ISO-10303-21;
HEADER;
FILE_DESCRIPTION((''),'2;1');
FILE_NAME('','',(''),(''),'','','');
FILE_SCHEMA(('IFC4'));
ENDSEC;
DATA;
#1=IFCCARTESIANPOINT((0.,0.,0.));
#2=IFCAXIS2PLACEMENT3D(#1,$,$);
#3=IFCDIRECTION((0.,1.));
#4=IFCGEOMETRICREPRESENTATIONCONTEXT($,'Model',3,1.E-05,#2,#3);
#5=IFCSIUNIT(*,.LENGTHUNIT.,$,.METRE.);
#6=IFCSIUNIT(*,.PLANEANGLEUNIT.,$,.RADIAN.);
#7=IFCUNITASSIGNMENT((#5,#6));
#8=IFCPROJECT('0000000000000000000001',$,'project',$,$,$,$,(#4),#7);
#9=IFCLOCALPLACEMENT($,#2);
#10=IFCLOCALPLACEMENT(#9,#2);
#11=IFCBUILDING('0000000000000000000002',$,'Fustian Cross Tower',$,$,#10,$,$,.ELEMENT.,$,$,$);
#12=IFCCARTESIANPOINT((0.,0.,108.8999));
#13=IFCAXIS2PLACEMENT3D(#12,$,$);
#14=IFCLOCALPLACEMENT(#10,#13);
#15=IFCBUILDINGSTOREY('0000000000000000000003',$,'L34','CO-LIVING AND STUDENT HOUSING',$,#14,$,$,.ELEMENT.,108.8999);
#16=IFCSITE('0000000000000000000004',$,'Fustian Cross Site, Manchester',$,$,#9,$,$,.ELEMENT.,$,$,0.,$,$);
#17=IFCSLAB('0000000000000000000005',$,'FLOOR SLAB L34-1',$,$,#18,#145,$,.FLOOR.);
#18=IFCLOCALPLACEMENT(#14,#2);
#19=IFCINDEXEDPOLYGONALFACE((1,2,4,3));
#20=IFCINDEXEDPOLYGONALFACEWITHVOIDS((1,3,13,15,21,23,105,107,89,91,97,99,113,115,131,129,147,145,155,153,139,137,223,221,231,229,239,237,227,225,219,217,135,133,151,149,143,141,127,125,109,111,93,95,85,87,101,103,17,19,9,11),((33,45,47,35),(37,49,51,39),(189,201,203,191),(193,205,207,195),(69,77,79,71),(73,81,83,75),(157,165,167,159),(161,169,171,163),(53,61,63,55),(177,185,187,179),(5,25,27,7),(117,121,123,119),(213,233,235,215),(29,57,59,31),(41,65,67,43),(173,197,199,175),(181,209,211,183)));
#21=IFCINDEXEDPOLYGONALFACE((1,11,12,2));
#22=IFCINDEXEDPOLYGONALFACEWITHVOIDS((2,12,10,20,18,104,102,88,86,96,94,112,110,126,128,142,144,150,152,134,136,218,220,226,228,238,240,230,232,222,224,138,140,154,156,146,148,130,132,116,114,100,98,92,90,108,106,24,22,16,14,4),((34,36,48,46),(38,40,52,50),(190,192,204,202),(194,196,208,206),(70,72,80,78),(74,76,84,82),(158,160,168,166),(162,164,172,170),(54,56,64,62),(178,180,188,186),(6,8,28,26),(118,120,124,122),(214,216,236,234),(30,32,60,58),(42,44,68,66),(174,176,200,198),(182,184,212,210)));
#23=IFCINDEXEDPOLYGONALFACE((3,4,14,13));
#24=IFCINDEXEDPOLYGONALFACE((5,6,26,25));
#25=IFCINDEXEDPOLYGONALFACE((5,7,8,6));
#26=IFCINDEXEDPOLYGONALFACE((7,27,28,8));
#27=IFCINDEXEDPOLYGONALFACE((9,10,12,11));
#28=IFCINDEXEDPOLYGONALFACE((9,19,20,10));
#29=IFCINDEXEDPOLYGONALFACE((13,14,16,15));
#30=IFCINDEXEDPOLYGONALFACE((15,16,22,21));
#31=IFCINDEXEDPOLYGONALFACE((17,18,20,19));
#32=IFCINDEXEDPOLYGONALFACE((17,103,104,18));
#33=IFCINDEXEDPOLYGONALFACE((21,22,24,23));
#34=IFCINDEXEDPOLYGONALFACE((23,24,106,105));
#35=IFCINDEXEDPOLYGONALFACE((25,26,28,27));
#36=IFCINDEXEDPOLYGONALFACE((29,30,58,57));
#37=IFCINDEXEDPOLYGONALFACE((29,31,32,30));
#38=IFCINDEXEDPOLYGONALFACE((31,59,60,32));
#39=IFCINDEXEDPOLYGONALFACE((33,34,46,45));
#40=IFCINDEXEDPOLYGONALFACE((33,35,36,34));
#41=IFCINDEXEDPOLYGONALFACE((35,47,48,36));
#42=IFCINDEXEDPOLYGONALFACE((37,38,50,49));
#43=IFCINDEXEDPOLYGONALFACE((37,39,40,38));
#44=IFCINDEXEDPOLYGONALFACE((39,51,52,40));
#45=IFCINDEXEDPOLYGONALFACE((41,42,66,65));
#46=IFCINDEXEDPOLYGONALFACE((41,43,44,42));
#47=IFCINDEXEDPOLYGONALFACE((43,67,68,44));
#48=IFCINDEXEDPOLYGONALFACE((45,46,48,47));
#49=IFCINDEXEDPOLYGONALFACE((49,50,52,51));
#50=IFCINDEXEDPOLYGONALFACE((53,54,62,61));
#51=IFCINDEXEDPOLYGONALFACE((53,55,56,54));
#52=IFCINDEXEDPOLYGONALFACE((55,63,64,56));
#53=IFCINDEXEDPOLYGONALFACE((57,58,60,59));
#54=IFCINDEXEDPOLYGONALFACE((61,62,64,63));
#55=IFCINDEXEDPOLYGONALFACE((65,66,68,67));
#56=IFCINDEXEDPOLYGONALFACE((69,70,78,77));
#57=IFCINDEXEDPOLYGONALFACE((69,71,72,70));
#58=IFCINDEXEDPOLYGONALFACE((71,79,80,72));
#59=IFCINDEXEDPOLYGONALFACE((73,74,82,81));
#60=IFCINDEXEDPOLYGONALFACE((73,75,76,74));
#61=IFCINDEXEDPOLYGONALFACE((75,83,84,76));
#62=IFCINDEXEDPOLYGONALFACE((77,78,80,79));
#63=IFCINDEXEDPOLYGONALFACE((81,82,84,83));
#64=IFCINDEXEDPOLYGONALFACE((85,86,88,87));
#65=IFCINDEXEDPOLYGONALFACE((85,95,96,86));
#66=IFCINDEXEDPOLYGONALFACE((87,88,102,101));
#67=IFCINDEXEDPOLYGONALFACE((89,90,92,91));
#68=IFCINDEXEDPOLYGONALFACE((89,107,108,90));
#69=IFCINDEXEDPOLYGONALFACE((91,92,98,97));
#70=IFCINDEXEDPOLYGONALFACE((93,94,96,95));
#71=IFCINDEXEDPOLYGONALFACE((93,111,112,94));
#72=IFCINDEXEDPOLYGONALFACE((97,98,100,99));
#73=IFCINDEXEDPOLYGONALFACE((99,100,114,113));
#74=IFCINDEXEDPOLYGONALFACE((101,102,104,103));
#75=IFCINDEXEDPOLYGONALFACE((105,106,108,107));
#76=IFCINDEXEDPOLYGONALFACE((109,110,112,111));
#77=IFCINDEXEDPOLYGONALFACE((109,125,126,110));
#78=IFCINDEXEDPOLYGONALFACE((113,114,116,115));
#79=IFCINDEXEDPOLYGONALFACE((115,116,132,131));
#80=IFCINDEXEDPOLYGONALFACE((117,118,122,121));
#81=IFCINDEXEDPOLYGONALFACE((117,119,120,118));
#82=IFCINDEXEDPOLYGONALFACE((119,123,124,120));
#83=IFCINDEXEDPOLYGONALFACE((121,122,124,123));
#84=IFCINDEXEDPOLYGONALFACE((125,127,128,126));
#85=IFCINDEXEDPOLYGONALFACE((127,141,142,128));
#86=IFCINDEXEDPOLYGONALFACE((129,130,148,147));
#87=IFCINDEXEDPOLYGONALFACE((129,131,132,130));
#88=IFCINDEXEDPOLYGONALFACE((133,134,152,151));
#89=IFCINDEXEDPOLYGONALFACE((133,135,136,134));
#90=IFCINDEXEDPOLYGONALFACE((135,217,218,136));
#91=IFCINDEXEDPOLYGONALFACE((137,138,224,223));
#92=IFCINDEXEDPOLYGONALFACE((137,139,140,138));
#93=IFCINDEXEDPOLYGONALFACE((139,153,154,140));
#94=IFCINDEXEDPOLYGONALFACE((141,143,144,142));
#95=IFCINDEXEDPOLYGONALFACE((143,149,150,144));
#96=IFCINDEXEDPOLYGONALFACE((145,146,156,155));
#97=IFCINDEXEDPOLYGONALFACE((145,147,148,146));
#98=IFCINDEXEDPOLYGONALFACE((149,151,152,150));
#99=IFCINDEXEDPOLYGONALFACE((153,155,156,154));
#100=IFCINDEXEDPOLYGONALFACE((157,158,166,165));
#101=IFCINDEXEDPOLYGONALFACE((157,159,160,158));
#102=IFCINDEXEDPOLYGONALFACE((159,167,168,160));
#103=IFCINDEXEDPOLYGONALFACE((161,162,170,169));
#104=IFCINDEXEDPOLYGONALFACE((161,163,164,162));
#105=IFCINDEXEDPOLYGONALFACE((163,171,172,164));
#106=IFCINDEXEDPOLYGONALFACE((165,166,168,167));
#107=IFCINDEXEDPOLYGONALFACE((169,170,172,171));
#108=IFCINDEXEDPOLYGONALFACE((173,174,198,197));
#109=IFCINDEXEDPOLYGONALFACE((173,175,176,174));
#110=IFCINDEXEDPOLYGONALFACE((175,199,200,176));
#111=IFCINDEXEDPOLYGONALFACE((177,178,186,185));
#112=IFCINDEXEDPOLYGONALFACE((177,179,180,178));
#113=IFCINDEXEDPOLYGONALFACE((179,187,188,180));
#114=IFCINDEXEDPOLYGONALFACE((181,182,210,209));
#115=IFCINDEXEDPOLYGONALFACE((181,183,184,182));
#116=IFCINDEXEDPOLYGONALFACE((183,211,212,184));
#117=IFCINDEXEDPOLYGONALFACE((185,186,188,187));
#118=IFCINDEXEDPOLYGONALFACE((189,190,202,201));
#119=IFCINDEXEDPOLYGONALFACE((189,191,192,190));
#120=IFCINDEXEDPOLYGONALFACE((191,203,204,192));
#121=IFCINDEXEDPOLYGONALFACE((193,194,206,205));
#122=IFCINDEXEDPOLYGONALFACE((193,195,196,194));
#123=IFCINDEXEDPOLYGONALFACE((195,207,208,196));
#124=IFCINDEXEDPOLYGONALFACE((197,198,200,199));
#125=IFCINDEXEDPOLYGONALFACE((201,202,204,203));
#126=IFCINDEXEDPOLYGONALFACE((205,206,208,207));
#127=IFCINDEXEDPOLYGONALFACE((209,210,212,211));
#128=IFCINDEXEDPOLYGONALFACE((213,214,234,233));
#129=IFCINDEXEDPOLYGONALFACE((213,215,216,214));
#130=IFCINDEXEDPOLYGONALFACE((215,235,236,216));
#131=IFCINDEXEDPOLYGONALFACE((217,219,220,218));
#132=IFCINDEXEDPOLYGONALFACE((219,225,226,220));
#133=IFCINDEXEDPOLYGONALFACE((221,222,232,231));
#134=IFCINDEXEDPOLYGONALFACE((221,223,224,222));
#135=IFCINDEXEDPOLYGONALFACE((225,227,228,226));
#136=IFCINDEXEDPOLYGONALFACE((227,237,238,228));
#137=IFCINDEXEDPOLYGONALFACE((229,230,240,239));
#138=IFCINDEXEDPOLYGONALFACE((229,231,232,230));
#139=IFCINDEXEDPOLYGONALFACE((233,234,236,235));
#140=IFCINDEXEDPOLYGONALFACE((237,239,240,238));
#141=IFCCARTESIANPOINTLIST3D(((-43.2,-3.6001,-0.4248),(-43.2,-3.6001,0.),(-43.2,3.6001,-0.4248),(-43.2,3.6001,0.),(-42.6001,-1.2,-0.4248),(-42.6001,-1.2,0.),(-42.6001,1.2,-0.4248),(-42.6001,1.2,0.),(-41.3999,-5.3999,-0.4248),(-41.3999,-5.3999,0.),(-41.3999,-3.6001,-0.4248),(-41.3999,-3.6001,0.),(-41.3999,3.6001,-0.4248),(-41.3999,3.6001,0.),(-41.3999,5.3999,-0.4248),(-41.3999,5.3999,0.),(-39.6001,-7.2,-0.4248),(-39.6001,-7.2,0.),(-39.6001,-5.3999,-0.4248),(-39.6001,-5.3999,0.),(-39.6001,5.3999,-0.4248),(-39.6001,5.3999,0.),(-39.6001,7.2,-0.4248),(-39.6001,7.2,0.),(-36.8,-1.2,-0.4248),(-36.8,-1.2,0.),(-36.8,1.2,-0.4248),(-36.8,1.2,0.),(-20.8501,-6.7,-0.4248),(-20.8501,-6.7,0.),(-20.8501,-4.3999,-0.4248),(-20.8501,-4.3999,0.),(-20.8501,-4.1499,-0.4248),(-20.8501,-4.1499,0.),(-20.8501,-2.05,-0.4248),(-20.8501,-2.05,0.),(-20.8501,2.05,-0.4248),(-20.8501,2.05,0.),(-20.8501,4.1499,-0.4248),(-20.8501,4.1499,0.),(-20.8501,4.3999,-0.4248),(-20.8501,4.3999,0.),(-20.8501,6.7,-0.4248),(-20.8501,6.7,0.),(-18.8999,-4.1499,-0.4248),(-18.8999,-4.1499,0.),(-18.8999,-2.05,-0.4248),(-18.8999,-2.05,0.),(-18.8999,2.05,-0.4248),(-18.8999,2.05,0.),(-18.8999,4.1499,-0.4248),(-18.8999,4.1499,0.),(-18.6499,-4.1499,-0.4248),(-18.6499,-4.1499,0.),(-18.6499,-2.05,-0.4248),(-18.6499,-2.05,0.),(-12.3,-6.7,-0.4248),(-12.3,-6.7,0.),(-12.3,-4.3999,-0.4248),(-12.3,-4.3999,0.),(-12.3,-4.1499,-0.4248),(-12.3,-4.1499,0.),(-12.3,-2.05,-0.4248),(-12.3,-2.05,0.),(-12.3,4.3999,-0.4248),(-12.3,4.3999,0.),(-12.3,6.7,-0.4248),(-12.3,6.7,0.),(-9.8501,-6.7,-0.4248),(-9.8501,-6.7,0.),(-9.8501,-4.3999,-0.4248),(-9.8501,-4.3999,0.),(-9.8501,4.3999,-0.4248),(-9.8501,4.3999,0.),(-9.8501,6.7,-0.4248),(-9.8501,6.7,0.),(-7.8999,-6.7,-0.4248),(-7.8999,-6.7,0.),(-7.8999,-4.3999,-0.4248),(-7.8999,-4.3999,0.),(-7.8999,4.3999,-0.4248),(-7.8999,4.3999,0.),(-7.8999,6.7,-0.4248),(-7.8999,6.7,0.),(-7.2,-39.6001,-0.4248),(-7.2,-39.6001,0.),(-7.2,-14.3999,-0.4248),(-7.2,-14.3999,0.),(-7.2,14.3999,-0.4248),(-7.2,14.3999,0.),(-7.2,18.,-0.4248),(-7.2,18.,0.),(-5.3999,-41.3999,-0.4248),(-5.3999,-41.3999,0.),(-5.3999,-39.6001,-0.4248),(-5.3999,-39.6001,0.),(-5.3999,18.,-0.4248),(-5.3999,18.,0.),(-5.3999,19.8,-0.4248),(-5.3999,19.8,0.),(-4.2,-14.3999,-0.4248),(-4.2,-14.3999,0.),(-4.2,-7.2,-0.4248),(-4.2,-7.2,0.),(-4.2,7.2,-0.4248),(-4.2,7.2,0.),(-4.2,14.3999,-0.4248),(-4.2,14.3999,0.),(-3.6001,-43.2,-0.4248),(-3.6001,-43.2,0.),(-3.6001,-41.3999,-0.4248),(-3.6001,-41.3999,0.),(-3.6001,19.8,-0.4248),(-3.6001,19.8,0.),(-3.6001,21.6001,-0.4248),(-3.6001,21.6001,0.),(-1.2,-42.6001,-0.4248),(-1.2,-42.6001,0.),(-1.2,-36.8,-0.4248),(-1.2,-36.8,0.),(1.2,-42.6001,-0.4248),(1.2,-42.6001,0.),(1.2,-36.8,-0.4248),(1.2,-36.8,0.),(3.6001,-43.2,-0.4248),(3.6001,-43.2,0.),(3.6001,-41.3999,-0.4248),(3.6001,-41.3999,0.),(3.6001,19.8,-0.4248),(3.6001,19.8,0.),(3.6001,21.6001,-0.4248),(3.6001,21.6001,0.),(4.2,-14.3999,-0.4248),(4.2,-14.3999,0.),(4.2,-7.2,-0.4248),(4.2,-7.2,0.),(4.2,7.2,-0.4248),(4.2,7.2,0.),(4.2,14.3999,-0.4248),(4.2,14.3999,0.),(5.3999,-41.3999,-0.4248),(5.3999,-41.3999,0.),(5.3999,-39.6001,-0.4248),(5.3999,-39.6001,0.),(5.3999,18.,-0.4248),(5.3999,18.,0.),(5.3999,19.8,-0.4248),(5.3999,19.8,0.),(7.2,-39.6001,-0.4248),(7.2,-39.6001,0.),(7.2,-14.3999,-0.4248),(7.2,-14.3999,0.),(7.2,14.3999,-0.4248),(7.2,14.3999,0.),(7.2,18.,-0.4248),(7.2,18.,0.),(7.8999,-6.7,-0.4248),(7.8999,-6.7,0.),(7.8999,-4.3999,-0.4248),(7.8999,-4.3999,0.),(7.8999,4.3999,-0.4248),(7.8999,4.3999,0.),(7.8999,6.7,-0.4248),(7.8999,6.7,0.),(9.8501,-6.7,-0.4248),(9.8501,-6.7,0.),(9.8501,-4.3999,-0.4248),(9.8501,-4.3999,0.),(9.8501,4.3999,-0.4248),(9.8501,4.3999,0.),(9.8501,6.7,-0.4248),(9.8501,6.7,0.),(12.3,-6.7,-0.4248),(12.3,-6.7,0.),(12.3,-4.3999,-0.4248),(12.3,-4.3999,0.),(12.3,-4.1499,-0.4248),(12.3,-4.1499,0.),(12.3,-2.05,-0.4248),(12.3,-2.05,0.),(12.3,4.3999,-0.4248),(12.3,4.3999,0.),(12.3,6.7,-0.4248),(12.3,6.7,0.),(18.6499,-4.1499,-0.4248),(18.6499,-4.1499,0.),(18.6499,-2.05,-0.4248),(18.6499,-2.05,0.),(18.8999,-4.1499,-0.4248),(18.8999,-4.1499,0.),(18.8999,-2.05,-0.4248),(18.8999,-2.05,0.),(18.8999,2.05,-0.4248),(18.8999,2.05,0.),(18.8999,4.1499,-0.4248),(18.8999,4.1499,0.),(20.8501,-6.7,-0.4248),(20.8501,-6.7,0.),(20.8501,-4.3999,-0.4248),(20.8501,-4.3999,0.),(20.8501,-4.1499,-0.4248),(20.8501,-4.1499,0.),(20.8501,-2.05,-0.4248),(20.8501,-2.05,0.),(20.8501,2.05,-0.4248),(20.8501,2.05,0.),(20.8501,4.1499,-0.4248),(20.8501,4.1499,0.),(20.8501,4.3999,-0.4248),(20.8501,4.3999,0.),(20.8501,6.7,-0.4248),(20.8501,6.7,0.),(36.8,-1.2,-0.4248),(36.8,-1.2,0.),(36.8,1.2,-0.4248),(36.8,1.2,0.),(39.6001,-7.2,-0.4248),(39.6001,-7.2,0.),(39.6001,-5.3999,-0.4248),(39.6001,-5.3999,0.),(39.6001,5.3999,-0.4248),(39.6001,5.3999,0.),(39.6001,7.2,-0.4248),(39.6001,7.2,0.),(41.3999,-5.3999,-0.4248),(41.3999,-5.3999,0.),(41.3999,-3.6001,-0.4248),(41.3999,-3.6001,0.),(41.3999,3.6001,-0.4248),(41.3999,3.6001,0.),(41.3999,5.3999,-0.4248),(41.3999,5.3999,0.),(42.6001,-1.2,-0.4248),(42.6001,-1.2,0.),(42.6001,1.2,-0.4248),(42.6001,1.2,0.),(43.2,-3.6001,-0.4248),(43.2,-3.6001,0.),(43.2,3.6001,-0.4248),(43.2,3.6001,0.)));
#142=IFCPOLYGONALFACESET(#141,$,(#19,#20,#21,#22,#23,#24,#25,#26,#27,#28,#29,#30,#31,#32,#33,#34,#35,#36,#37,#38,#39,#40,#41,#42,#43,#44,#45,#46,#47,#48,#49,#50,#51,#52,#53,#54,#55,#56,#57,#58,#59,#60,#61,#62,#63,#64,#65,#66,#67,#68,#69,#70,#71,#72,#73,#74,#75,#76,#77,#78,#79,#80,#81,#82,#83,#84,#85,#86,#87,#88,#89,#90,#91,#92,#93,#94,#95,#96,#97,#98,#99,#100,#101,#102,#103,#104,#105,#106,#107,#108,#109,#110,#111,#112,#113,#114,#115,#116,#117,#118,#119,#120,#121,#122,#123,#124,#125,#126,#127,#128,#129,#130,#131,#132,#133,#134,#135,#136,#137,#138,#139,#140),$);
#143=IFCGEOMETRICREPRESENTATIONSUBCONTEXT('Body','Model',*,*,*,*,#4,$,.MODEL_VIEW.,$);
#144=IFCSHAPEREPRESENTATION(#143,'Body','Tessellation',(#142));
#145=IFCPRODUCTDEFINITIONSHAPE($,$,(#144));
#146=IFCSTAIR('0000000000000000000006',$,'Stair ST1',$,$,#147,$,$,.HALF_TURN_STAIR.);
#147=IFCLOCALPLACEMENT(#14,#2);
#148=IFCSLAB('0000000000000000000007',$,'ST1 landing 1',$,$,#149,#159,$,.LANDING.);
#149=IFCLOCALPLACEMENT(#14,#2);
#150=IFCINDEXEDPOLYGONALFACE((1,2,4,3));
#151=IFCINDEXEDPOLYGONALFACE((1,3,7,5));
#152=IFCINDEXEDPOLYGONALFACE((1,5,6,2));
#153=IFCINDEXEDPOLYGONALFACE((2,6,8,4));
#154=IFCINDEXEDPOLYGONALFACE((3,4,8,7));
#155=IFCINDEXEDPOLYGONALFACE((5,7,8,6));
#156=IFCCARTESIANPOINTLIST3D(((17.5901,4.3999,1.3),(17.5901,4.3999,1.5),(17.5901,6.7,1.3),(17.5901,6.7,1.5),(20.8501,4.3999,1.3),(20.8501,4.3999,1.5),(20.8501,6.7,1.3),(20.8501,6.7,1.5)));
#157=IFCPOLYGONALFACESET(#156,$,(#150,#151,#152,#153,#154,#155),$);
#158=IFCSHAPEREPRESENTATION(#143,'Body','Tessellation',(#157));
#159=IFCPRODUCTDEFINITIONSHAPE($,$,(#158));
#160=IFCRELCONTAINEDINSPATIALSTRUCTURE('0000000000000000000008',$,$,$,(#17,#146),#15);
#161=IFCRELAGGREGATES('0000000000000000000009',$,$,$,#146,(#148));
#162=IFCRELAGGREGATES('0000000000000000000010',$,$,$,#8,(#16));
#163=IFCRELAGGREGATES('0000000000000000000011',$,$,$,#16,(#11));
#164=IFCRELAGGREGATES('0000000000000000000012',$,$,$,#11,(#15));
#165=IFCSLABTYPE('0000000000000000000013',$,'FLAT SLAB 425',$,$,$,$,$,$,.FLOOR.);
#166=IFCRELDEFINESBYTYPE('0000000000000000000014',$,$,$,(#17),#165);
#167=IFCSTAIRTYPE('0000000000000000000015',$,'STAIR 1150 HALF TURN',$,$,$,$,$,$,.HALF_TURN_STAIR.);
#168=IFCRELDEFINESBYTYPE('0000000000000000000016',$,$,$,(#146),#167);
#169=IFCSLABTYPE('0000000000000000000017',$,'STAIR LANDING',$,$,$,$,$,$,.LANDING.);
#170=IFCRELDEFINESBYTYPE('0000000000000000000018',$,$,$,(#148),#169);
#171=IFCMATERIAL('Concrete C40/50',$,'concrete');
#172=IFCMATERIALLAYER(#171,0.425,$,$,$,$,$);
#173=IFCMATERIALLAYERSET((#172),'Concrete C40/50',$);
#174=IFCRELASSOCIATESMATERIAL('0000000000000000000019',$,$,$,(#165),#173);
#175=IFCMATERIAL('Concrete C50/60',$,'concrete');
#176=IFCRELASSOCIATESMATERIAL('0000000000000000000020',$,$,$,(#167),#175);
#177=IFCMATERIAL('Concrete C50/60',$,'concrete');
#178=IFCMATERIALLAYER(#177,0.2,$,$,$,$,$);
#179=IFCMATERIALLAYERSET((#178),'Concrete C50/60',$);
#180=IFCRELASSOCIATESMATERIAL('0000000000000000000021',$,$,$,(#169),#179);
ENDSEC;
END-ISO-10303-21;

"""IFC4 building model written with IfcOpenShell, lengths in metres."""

from ifc_helpers import new_model, si_unit, direction, frame, origin, place, context, subcontext, project, spatial, polyline, outline, extrude, material, layer, layer_set, type_object, element, aggregate, save


model = new_model("IFC4")

# Units and contexts
model_context = context("Model", 3, precision=1e-05, world=origin(), true_north=direction((0.0, 1.0)))
body_context = subcontext(model_context, "Body", "Model", "MODEL_VIEW")
ifc_project = project(units=[si_unit("LENGTHUNIT", "METRE"), si_unit("PLANEANGLEUNIT", "RADIAN")], contexts=[model_context])

# Site, building, storey
site_placement = place(None, origin())
site = spatial("IfcSite", under=ifc_project, at=site_placement, Name="Fustian Cross Site, Manchester", CompositionType="ELEMENT", RefElevation=0.0)
building_placement = place(site_placement, origin())
building = spatial("IfcBuilding", under=site, at=building_placement, Name="Fustian Cross Tower", CompositionType="ELEMENT")
storey_placement = place(building_placement, frame((0.0, 0.0, 108.8999)))
storey = spatial("IfcBuildingStorey", under=building, at=storey_placement, Name="L34", Description="CO-LIVING AND STUDENT HOUSING", CompositionType="ELEMENT", Elevation=108.8999)

# Slab
ifc_material_1 = material(Name="Concrete C40/50", Category="concrete")
ifc_layer_1 = layer(ifc_material_1, 0.425)
ifc_layer_set_1 = layer_set([ifc_layer_1], Name="Concrete C40/50")
slab_type_1 = type_object("IfcSlabType", Name="FLAT SLAB 425", PredefinedType="FLOOR", material=ifc_layer_set_1)
slab_1_placement = place(storey_placement, frame((0.0, 0.0, -0.4248)))
element("IfcSlab", 1, at=slab_1_placement, inside=storey, type_object=slab_type_1, Name="FLOOR SLAB L34-1", PredefinedType="FLOOR", context=body_context, shape_type="SweptSolid", body=[
    extrude(outline(polyline([(-4.2, -7.2), (-39.6001, -7.2), (-39.6001, -5.3999), (-41.3999, -5.3999), (-41.3999, -3.6001), (-43.2, -3.6001), (-43.2, 3.6001), (-41.3999, 3.6001), (-41.3999, 5.3999), (-39.6001, 5.3999), (-39.6001, 7.2), (-4.2, 7.2), (-4.2, 14.3999), (-7.2, 14.3999), (-7.2, 18.0), (-5.3999, 18.0), (-5.3999, 19.8), (-3.6001, 19.8), (-3.6001, 21.6001), (3.6001, 21.6001), (3.6001, 19.8), (5.3999, 19.8), (5.3999, 18.0), (7.2, 18.0), (7.2, 14.3999), (4.2, 14.3999), (4.2, 7.2), (39.6001, 7.2), (39.6001, 5.3999), (41.3999, 5.3999), (41.3999, 3.6001), (43.2, 3.6001), (43.2, -3.6001), (41.3999, -3.6001), (41.3999, -5.3999), (39.6001, -5.3999), (39.6001, -7.2), (4.2, -7.2), (4.2, -14.3999), (7.2, -14.3999), (7.2, -39.6001), (5.3999, -39.6001), (5.3999, -41.3999), (3.6001, -41.3999), (3.6001, -43.2), (-3.6001, -43.2), (-3.6001, -41.3999), (-5.3999, -41.3999), (-5.3999, -39.6001), (-7.2, -39.6001), (-7.2, -14.3999), (-4.2, -14.3999), (-4.2, -7.2)]), holes=[polyline([(20.8501, -2.05), (18.8999, -2.05), (18.8999, -4.1499), (20.8501, -4.1499), (20.8501, -2.05)]), polyline([(20.8501, 2.05), (20.8501, 4.1499), (18.8999, 4.1499), (18.8999, 2.05), (20.8501, 2.05)]), polyline([(7.8999, 4.3999), (9.8501, 4.3999), (9.8501, 6.7), (7.8999, 6.7), (7.8999, 4.3999)]), polyline([(7.8999, -4.3999), (7.8999, -6.7), (9.8501, -6.7), (9.8501, -4.3999), (7.8999, -4.3999)]), polyline([(-18.8999, -2.05), (-20.8501, -2.05), (-20.8501, -4.1499), (-18.8999, -4.1499), (-18.8999, -2.05)]), polyline([(-18.8999, 2.05), (-18.8999, 4.1499), (-20.8501, 4.1499), (-20.8501, 2.05), (-18.8999, 2.05)]), polyline([(-9.8501, 4.3999), (-7.8999, 4.3999), (-7.8999, 6.7), (-9.8501, 6.7), (-9.8501, 4.3999)]), polyline([(-9.8501, -4.3999), (-9.8501, -6.7), (-7.8999, -6.7), (-7.8999, -4.3999), (-9.8501, -4.3999)]), polyline([(18.6499, -2.05), (12.3, -2.05), (12.3, -4.1499), (18.6499, -4.1499), (18.6499, -2.05)]), polyline([(-12.3, -4.1499), (-12.3, -2.05), (-18.6499, -2.05), (-18.6499, -4.1499), (-12.3, -4.1499)]), polyline([(12.3, 4.3999), (20.8501, 4.3999), (20.8501, 6.7), (12.3, 6.7), (12.3, 4.3999)]), polyline([(12.3, -4.3999), (12.3, -6.7), (20.8501, -6.7), (20.8501, -4.3999), (12.3, -4.3999)]), polyline([(-12.3, 6.7), (-20.8501, 6.7), (-20.8501, 4.3999), (-12.3, 4.3999), (-12.3, 6.7)]), polyline([(-12.3, -6.7), (-12.3, -4.3999), (-20.8501, -4.3999), (-20.8501, -6.7), (-12.3, -6.7)]), polyline([(-1.2, -42.6001), (1.2, -42.6001), (1.2, -36.8), (-1.2, -36.8), (-1.2, -42.6001)]), polyline([(36.8, 1.2), (36.8, -1.2), (42.6001, -1.2), (42.6001, 1.2), (36.8, 1.2)]), polyline([(-36.8, 1.2), (-42.6001, 1.2), (-42.6001, -1.2), (-36.8, -1.2), (-36.8, 1.2)])]), origin(), (0.0, 0.0, 1.0), 0.4248),
])

# Stair, slab
ifc_material_2 = material(Name="Concrete C50/60", Category="concrete")
stair_type = type_object("IfcStairType", Name="STAIR 1150 HALF TURN", PredefinedType="HALF_TURN_STAIR", material=ifc_material_2)
stair_placement = place(storey_placement, origin())
stair = element("IfcStair", 2, at=stair_placement, inside=storey, type_object=stair_type, Name="Stair ST1", PredefinedType="HALF_TURN_STAIR")
ifc_material_3 = material(Name="Concrete C50/60", Category="concrete")
ifc_layer_2 = layer(ifc_material_3, 0.2)
ifc_layer_set_2 = layer_set([ifc_layer_2], Name="Concrete C50/60")
slab_type_2 = type_object("IfcSlabType", Name="STAIR LANDING", PredefinedType="LANDING", material=ifc_layer_set_2)
slab_2_placement = place(storey_placement, frame((0.0, 0.0, 1.3)))
slab_2 = element("IfcSlab", 3, at=slab_2_placement, type_object=slab_type_2, Name="ST1 landing 1", PredefinedType="LANDING", context=body_context, shape_type="SweptSolid", body=[
    extrude(outline(polyline([(17.5901, 4.3999), (20.8501, 4.3999), (20.8501, 6.7), (17.5901, 6.7), (17.5901, 4.3999)])), origin(), (0.0, 0.0, 1.0), 0.2),
])
aggregate(stair, [slab_2])

save(model, "model.ifc")
